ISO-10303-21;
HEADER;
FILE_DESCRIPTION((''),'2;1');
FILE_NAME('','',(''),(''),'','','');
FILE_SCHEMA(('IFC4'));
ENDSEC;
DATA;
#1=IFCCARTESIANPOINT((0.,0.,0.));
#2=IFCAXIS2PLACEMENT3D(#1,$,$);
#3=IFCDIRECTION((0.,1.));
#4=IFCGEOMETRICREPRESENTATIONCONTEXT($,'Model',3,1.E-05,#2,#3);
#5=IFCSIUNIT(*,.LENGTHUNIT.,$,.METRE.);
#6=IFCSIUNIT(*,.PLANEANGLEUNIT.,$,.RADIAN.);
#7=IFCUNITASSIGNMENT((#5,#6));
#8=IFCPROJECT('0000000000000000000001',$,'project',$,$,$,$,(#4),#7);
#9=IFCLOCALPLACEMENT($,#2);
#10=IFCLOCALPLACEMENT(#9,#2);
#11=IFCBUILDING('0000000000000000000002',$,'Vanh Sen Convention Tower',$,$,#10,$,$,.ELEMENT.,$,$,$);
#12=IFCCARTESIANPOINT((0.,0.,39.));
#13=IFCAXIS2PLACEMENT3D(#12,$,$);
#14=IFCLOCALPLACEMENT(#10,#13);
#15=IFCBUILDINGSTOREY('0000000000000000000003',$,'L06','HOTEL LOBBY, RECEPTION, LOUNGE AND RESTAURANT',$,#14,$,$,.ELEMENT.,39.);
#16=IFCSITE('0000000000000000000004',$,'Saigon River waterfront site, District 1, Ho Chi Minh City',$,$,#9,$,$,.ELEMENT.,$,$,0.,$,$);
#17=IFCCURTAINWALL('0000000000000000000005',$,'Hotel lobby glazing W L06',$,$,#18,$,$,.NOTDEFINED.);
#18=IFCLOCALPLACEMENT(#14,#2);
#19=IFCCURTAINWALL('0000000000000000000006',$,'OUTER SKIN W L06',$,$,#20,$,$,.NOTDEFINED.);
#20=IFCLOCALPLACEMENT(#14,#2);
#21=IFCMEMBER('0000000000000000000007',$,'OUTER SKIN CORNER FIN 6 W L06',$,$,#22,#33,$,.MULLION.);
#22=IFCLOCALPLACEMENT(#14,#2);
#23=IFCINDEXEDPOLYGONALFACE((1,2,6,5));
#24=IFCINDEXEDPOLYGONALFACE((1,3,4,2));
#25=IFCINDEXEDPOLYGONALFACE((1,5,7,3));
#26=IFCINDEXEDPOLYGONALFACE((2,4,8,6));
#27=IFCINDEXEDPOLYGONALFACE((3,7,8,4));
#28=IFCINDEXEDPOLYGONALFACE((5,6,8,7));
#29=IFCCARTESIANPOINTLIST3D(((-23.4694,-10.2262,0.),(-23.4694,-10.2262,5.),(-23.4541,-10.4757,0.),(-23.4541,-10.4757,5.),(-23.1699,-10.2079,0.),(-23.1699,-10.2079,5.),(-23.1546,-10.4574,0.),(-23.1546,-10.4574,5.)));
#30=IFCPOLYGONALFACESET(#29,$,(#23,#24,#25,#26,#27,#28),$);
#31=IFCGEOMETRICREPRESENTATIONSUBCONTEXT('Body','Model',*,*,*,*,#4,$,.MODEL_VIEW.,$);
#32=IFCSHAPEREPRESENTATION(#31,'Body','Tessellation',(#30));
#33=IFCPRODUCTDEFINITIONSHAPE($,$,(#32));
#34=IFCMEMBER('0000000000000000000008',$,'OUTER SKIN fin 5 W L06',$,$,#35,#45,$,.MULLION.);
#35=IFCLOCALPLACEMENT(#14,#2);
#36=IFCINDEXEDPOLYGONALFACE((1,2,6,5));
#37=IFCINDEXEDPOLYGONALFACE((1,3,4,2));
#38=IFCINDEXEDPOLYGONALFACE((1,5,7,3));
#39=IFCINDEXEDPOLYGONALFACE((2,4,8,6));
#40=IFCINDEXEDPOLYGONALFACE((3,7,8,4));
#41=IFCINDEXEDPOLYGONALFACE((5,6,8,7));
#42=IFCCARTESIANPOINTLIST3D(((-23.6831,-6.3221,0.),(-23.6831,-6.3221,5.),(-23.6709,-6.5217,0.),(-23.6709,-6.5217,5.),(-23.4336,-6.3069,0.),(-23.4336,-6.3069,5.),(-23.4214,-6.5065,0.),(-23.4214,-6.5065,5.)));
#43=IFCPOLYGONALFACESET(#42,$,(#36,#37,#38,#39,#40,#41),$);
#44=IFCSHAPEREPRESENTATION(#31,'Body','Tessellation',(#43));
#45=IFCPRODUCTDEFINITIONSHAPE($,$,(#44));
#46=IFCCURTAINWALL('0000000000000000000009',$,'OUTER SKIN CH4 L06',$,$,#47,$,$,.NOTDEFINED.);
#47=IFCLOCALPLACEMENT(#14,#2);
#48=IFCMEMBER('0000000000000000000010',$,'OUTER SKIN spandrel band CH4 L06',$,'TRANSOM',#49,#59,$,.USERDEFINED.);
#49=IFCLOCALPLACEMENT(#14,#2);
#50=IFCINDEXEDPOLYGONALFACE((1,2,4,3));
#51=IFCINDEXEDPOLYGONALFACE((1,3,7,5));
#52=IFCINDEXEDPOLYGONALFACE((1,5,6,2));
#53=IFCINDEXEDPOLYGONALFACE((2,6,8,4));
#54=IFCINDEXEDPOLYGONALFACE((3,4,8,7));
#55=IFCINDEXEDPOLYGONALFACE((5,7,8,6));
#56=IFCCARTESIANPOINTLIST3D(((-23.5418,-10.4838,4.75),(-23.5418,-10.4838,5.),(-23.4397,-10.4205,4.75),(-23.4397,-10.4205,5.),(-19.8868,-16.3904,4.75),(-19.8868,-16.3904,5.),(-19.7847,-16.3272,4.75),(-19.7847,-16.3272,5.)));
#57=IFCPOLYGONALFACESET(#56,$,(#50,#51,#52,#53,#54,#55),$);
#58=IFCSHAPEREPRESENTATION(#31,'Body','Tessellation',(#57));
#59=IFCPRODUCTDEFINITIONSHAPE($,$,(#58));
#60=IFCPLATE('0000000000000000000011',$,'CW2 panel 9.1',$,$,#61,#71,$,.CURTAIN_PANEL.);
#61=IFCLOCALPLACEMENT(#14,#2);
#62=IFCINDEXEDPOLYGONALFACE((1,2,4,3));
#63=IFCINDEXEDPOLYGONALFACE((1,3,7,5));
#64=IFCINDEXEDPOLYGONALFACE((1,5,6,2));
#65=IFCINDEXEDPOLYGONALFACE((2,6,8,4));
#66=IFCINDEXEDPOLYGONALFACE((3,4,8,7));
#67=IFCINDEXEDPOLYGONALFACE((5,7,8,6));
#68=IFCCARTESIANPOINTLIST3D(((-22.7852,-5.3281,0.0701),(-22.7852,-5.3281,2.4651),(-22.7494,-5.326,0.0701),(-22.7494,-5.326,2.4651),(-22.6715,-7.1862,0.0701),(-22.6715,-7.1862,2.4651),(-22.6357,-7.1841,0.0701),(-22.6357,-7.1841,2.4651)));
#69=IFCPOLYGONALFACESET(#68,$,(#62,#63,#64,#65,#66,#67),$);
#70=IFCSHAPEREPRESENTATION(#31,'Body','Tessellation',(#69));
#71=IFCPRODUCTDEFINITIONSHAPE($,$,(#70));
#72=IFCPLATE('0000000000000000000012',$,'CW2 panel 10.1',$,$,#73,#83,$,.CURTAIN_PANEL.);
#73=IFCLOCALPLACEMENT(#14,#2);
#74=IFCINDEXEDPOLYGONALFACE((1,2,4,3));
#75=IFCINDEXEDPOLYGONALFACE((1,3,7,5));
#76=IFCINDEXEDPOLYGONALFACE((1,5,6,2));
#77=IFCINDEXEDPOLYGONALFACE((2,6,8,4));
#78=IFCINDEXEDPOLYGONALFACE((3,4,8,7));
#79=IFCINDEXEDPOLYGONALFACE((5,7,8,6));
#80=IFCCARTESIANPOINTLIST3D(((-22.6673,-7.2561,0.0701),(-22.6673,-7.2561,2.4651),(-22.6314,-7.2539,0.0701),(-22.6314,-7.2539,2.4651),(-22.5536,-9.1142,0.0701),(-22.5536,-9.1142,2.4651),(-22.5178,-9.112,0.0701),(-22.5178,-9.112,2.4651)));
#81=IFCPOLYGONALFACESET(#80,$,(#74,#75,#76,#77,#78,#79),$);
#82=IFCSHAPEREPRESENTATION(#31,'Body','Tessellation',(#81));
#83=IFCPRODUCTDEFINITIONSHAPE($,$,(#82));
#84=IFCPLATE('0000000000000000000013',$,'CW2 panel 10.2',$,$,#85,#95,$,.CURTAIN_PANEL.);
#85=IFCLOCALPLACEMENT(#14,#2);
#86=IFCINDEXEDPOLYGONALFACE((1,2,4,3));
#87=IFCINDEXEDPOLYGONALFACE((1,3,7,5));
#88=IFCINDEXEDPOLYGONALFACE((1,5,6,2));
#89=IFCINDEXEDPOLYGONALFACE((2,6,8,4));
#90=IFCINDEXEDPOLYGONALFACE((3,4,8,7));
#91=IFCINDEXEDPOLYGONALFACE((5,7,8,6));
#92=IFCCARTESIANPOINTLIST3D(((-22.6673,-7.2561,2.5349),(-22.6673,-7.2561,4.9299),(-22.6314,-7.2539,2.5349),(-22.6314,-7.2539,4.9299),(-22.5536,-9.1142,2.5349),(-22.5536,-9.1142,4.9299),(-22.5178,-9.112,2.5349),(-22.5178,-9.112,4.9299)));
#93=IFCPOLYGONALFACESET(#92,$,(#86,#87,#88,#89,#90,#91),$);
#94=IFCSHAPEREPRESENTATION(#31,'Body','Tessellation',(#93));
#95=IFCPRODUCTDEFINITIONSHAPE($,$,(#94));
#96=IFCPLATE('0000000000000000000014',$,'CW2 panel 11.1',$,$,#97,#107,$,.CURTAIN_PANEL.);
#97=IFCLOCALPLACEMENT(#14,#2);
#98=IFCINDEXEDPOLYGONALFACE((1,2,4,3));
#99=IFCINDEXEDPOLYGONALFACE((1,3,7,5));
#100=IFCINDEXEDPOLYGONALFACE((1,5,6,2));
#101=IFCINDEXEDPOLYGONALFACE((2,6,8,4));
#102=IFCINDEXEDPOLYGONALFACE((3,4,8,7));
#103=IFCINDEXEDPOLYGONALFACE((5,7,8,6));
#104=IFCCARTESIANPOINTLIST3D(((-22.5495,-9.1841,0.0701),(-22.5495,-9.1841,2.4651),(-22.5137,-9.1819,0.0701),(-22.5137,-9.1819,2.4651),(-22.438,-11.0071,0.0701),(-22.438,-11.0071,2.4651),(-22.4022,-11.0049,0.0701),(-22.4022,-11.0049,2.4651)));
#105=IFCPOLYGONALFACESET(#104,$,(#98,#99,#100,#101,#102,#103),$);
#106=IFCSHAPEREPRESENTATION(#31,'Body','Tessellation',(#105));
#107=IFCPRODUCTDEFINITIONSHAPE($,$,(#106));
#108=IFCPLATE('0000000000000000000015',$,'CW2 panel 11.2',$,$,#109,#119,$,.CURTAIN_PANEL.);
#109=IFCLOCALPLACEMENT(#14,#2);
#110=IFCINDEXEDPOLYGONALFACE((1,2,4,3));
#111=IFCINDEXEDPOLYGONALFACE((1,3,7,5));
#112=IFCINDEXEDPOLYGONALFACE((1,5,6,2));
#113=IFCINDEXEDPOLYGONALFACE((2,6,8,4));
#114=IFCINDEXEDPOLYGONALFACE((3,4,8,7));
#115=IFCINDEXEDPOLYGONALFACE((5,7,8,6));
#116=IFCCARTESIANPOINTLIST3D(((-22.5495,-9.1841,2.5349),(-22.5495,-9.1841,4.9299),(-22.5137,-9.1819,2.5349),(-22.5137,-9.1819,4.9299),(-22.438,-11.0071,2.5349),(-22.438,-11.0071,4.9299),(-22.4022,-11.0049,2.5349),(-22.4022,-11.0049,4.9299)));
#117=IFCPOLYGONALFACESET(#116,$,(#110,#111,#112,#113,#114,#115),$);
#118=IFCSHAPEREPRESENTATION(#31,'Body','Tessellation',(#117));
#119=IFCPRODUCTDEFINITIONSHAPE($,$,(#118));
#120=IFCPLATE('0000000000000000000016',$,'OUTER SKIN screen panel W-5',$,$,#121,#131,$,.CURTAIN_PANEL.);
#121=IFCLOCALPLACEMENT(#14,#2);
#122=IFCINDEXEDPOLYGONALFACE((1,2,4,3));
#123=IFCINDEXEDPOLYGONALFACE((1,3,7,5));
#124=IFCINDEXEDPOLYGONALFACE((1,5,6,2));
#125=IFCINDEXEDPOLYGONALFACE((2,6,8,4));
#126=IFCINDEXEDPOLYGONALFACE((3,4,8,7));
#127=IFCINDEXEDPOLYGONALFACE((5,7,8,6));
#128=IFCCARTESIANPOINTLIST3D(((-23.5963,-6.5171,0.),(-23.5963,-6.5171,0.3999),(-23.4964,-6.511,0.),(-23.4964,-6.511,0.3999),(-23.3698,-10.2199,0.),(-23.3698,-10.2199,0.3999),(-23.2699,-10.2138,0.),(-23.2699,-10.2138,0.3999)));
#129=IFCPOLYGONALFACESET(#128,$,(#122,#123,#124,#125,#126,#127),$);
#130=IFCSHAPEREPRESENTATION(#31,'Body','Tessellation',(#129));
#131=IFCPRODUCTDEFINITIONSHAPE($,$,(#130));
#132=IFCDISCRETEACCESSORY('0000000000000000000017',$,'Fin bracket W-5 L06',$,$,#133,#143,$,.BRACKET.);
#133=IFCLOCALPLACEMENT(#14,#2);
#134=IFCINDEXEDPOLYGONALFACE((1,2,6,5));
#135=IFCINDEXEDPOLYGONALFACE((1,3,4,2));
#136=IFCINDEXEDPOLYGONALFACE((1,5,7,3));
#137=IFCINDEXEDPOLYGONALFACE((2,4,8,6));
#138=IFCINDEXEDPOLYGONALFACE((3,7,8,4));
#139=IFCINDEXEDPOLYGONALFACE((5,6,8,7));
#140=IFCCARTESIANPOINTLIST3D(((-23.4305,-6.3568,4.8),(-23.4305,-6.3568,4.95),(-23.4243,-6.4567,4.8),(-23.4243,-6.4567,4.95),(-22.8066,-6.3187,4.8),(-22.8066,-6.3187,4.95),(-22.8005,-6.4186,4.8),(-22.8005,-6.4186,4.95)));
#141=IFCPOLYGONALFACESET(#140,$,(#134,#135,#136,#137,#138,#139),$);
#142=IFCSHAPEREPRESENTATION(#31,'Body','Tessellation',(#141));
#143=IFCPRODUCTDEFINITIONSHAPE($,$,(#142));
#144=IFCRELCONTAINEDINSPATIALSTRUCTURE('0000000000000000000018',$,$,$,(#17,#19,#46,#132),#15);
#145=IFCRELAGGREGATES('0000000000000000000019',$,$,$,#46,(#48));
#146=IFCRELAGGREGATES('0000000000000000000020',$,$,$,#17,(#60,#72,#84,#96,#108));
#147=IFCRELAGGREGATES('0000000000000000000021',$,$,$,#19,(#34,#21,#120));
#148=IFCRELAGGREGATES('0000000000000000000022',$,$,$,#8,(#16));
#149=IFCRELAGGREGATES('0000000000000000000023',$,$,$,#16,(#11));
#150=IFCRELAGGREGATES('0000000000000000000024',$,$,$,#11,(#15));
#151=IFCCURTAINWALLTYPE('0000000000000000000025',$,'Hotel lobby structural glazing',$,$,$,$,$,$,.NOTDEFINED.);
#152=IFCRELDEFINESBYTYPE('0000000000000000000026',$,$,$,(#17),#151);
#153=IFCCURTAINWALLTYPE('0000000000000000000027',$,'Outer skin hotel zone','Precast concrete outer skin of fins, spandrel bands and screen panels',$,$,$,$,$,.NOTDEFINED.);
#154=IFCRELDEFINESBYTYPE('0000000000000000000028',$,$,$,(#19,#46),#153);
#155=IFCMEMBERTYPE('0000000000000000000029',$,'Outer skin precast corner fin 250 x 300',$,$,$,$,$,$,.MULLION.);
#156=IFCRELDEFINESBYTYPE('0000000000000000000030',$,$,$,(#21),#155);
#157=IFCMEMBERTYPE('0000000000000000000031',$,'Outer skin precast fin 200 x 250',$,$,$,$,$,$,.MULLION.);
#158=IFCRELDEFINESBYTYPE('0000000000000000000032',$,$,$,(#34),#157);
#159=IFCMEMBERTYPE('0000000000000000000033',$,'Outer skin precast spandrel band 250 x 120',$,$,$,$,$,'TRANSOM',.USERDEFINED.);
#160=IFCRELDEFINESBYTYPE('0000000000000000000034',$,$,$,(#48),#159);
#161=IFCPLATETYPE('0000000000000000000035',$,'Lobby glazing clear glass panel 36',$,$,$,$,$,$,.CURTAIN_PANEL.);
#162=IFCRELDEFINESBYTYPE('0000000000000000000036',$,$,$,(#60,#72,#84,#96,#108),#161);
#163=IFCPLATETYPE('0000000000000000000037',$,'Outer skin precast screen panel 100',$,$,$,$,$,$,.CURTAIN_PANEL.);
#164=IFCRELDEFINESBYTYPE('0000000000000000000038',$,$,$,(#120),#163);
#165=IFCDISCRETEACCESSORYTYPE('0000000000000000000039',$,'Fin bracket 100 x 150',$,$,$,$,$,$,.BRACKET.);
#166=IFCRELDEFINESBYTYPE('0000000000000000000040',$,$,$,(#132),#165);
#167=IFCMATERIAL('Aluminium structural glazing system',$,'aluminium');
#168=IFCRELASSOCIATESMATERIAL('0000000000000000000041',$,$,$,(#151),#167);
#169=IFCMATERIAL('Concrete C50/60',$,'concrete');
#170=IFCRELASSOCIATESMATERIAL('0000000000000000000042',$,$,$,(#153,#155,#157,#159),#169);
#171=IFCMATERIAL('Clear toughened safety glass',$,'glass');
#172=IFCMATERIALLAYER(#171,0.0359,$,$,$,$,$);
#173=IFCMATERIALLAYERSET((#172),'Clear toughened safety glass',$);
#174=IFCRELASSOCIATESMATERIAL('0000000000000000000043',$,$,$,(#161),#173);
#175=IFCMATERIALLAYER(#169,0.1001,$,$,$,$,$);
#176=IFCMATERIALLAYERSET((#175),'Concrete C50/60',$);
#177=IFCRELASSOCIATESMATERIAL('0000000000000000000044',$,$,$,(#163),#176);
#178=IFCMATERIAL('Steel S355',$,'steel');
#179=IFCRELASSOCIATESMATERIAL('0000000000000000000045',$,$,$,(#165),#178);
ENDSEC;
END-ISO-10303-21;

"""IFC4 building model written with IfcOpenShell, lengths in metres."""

from ifc_helpers import new_model, si_unit, direction, frame, origin, origin_2d, place, context, subcontext, project, spatial, rectangle, extrude, material, layer, layer_set, material_profile, profile_set, type_object, element, aggregate, save


model = new_model("IFC4")

# Units and contexts
model_context = context("Model", 3, precision=1e-05, world=origin(), true_north=direction((0.0, 1.0)))
body_context = subcontext(model_context, "Body", "Model", "MODEL_VIEW")
ifc_project = project(units=[si_unit("LENGTHUNIT", "METRE"), si_unit("PLANEANGLEUNIT", "RADIAN")], contexts=[model_context])

# Site, building, storey
site_placement = place(None, origin())
site = spatial("IfcSite", under=ifc_project, at=site_placement, Name="Saigon River waterfront site, District 1, Ho Chi Minh City", CompositionType="ELEMENT", RefElevation=0.0)
building_placement = place(site_placement, origin())
building = spatial("IfcBuilding", under=site, at=building_placement, Name="Vanh Sen Convention Tower", CompositionType="ELEMENT")
storey_placement = place(building_placement, frame((0.0, 0.0, 39.0)))
storey = spatial("IfcBuildingStorey", under=building, at=storey_placement, Name="L06", Description="HOTEL LOBBY, RECEPTION, LOUNGE AND RESTAURANT", CompositionType="ELEMENT", Elevation=39.0)

# Curtain wall
ifc_material_1 = material(Name="Aluminium structural glazing system", Category="aluminium")
curtain_wall_type_1 = type_object("IfcCurtainWallType", Name="Hotel lobby structural glazing", PredefinedType="NOTDEFINED", material=ifc_material_1)
curtain_wall_1_placement = place(storey_placement, origin())
curtain_wall_1 = element("IfcCurtainWall", 1, at=curtain_wall_1_placement, inside=storey, type_object=curtain_wall_type_1, Name="Hotel lobby glazing W L06", PredefinedType="NOTDEFINED")

# Curtain wall, members
ifc_material_2 = material(Name="Concrete C50/60", Category="concrete")
curtain_wall_type_2 = type_object("IfcCurtainWallType", Name="Outer skin hotel zone", Description="Precast concrete outer skin of fins, spandrel bands and screen panels", PredefinedType="NOTDEFINED", material=ifc_material_2)
curtain_wall_2_placement = place(storey_placement, origin())
curtain_wall_2 = element("IfcCurtainWall", 2, at=curtain_wall_2_placement, inside=storey, type_object=curtain_wall_type_2, Name="OUTER SKIN W L06", PredefinedType="NOTDEFINED")
ifc_material_profile_1 = material_profile(ifc_material_2, rectangle(XDim=0.25, YDim=0.3, at=origin_2d()), Name="Outer skin precast corner fin 250 x 300")
ifc_profile_set_1 = profile_set([ifc_material_profile_1], Name="Concrete C50/60")
member_type_1 = type_object("IfcMemberType", Name="Outer skin precast corner fin 250 x 300", PredefinedType="MULLION", material=ifc_profile_set_1)
member_1_placement = place(storey_placement, frame((-23.312, -10.3418, 0.0), z_axis=(0.0, 0.0, 1.0), x_axis=(0.061049, -0.998135, 0.0)))
member_1 = element("IfcMember", 3, at=member_1_placement, type_object=member_type_1, Name="OUTER SKIN CORNER FIN 6 W L06", PredefinedType="MULLION", context=body_context, shape_type="SweptSolid", body=[
    extrude(rectangle(XDim=0.25, YDim=0.3, at=origin_2d()), origin(), (0.0, 0.0, 1.0), 5.0),
])
ifc_material_profile_2 = material_profile(ifc_material_2, rectangle(XDim=0.2, YDim=0.25, at=origin_2d()), Name="Outer skin precast fin 200 x 250")
ifc_profile_set_2 = profile_set([ifc_material_profile_2], Name="Concrete C50/60")
member_type_2 = type_object("IfcMemberType", Name="Outer skin precast fin 200 x 250", PredefinedType="MULLION", material=ifc_profile_set_2)
member_2_placement = place(storey_placement, frame((-23.5522, -6.4143, 0.0), z_axis=(0.0, 0.0, 1.0), x_axis=(0.061049, -0.998135, 0.0)))
member_2 = element("IfcMember", 4, at=member_2_placement, type_object=member_type_2, Name="OUTER SKIN fin 5 W L06", PredefinedType="MULLION", context=body_context, shape_type="SweptSolid", body=[
    extrude(rectangle(XDim=0.2, YDim=0.25, at=origin_2d()), origin(), (0.0, 0.0, 1.0), 5.0),
])

# Curtain wall, member
curtain_wall_3_placement = place(storey_placement, origin())
curtain_wall_3 = element("IfcCurtainWall", 5, at=curtain_wall_3_placement, inside=storey, type_object=curtain_wall_type_2, Name="OUTER SKIN CH4 L06", PredefinedType="NOTDEFINED")
ifc_material_profile_3 = material_profile(ifc_material_2, rectangle(XDim=0.1201, YDim=0.25, at=origin_2d()), Name="Outer skin precast spandrel band 250 x 120")
ifc_profile_set_3 = profile_set([ifc_material_profile_3], Name="Concrete C50/60")
member_type_3 = type_object("IfcMemberType", Name="Outer skin precast spandrel band 250 x 120", ElementType="TRANSOM", PredefinedType="USERDEFINED", material=ifc_profile_set_3)
member_3_placement = place(storey_placement, frame((-23.4907, -10.4521, 4.875), z_axis=(0.526196, -0.850363, 0.0), x_axis=(0.850363, 0.526196, 0.0)))
member_3 = element("IfcMember", 6, at=member_3_placement, type_object=member_type_3, Name="OUTER SKIN spandrel band CH4 L06", ObjectType="TRANSOM", PredefinedType="USERDEFINED", context=body_context, shape_type="SweptSolid", body=[
    extrude(rectangle(XDim=0.1201, YDim=0.25, at=origin_2d()), origin(), (0.0, 0.0, 1.0), 6.946),
])
aggregate(curtain_wall_3, [member_3])

# Plates
ifc_material_3 = material(Name="Clear toughened safety glass", Category="glass")
ifc_layer_1 = layer(ifc_material_3, 0.0359)
ifc_layer_set_1 = layer_set([ifc_layer_1], Name="Clear toughened safety glass")
plate_type_1 = type_object("IfcPlateType", Name="Lobby glazing clear glass panel 36", PredefinedType="CURTAIN_PANEL", material=ifc_layer_set_1)
plate_1_placement = place(storey_placement, frame((-22.7104, -6.2561, 0.0701), z_axis=(0.0, 0.0, 1.0), x_axis=(0.061046, -0.998135, 0.0)))
plate_1 = element("IfcPlate", 7, at=plate_1_placement, type_object=plate_type_1, Name="CW2 panel 9.1", PredefinedType="CURTAIN_PANEL", context=body_context, shape_type="SweptSolid", body=[
    extrude(rectangle(XDim=1.8616, YDim=0.0359, at=origin_2d()), origin(), (0.0, 0.0, 1.0), 2.395),
])
plate_2_placement = place(storey_placement, frame((-22.5925, -8.1841, 0.0701), z_axis=(0.0, 0.0, 1.0), x_axis=(0.061046, -0.998135, 0.0)))
plate_2 = element("IfcPlate", 8, at=plate_2_placement, type_object=plate_type_1, Name="CW2 panel 10.1", PredefinedType="CURTAIN_PANEL", context=body_context, shape_type="SweptSolid", body=[
    extrude(rectangle(XDim=1.8616, YDim=0.0359, at=origin_2d()), origin(), (0.0, 0.0, 1.0), 2.395),
])
plate_3_placement = place(storey_placement, frame((-22.5925, -8.1841, 2.5349), z_axis=(0.0, 0.0, 1.0), x_axis=(0.061046, -0.998135, 0.0)))
plate_3 = element("IfcPlate", 9, at=plate_3_placement, type_object=plate_type_1, Name="CW2 panel 10.2", PredefinedType="CURTAIN_PANEL", context=body_context, shape_type="SweptSolid", body=[
    extrude(rectangle(XDim=1.8616, YDim=0.0359, at=origin_2d()), origin(), (0.0, 0.0, 1.0), 2.395),
])
plate_4_placement = place(storey_placement, frame((-22.4758, -10.0945, 0.0701), z_axis=(0.0, 0.0, 1.0), x_axis=(0.061046, -0.998135, 0.0)))
plate_4 = element("IfcPlate", 10, at=plate_4_placement, type_object=plate_type_1, Name="CW2 panel 11.1", PredefinedType="CURTAIN_PANEL", context=body_context, shape_type="SweptSolid", body=[
    extrude(rectangle(XDim=1.8264, YDim=0.0359, at=origin_2d()), origin(), (0.0, 0.0, 1.0), 2.395),
])
plate_5_placement = place(storey_placement, frame((-22.4758, -10.0945, 2.5349), z_axis=(0.0, 0.0, 1.0), x_axis=(0.061046, -0.998135, 0.0)))
plate_5 = element("IfcPlate", 11, at=plate_5_placement, type_object=plate_type_1, Name="CW2 panel 11.2", PredefinedType="CURTAIN_PANEL", context=body_context, shape_type="SweptSolid", body=[
    extrude(rectangle(XDim=1.8264, YDim=0.0359, at=origin_2d()), origin(), (0.0, 0.0, 1.0), 2.395),
])
aggregate(curtain_wall_1, [plate_1, plate_2, plate_3, plate_4, plate_5])
ifc_layer_2 = layer(ifc_material_2, 0.1001)
ifc_layer_set_2 = layer_set([ifc_layer_2], Name="Concrete C50/60")
plate_type_2 = type_object("IfcPlateType", Name="Outer skin precast screen panel 100", PredefinedType="CURTAIN_PANEL", material=ifc_layer_set_2)
plate_6_placement = place(storey_placement, frame((-23.4331, -8.3655, 0.0), z_axis=(0.0, 0.0, 1.0), x_axis=(0.061047, -0.998135, 0.0)))
plate_6 = element("IfcPlate", 12, at=plate_6_placement, type_object=plate_type_2, Name="OUTER SKIN screen panel W-5", PredefinedType="CURTAIN_PANEL", context=body_context, shape_type="SweptSolid", body=[
    extrude(rectangle(XDim=3.7097, YDim=0.1001, at=origin_2d()), origin(), (0.0, 0.0, 1.0), 0.3999),
])
aggregate(curtain_wall_2, [member_2, member_1, plate_6])

# Discrete accessory
ifc_material_4 = material(Name="Steel S355", Category="steel")
discrete_accessory_type = type_object("IfcDiscreteAccessoryType", Name="Fin bracket 100 x 150", PredefinedType="BRACKET", material=ifc_material_4)
discrete_accessory_placement = place(storey_placement, frame((-23.1155, -6.3877, 4.8), z_axis=(0.0, 0.0, 1.0), x_axis=(-0.998135, -0.061049, 0.0)))
element("IfcDiscreteAccessory", 13, at=discrete_accessory_placement, inside=storey, type_object=discrete_accessory_type, Name="Fin bracket W-5 L06", PredefinedType="BRACKET", context=body_context, shape_type="SweptSolid", body=[
    extrude(rectangle(XDim=0.625, YDim=0.1001, at=origin_2d()), origin(), (0.0, 0.0, 1.0), 0.1499),
])

save(model, "model.ifc")
